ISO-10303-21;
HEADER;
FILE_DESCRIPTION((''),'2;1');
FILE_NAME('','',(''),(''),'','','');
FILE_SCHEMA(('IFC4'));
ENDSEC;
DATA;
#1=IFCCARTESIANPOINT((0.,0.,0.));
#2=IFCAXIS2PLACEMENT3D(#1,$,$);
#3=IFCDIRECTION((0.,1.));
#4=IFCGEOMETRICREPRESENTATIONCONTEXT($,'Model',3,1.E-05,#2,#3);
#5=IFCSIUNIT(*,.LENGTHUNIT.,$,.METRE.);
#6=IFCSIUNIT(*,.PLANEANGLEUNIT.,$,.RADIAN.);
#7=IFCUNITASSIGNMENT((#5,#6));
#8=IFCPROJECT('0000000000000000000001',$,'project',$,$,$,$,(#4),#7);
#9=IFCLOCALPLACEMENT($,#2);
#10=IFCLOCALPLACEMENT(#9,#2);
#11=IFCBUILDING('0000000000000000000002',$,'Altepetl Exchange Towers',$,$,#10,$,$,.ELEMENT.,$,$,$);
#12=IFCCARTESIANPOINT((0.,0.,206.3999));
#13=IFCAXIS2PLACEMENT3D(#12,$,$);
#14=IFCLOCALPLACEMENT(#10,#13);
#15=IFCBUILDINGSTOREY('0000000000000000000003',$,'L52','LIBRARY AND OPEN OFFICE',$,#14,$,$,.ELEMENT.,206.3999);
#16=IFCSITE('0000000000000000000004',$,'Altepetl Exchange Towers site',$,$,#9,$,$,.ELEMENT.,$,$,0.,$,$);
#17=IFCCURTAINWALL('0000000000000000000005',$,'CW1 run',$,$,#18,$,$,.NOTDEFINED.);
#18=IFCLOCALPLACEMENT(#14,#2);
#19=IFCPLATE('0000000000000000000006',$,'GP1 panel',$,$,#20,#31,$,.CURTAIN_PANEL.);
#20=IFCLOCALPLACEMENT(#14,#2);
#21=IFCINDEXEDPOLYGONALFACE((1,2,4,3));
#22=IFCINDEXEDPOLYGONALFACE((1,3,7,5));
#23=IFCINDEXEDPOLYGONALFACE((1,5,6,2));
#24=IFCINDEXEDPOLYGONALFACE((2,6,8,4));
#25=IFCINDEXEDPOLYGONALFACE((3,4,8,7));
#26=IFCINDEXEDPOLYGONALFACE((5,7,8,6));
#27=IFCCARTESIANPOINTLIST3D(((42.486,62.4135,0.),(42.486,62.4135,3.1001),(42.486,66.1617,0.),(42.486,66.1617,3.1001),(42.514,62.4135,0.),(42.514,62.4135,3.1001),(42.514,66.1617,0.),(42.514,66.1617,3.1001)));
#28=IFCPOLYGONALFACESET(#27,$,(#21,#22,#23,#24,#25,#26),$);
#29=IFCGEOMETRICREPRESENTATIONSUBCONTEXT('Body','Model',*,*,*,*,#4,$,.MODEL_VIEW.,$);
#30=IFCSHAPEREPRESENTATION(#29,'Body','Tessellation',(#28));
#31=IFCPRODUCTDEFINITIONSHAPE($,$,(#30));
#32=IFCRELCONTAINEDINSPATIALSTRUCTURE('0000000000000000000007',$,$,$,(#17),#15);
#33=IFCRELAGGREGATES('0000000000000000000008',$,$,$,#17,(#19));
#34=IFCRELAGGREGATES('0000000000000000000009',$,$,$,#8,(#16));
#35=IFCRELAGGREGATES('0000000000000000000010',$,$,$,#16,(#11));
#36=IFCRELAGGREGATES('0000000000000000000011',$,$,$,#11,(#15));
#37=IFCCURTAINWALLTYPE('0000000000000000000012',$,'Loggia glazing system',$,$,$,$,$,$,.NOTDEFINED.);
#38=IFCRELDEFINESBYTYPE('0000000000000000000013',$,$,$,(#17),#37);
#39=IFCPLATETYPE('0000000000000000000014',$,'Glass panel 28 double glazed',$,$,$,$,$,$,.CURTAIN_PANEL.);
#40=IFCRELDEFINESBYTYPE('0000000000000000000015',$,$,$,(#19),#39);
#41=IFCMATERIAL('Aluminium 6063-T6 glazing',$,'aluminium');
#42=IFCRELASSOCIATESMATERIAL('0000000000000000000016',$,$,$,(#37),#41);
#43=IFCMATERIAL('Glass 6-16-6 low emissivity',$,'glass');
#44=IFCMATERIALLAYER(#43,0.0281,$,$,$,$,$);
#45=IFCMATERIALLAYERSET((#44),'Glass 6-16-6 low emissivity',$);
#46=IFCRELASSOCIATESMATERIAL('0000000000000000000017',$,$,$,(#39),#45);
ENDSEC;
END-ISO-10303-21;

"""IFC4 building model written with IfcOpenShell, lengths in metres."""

from ifc_helpers import new_model, si_unit, direction, frame, origin, origin_2d, place, context, subcontext, project, spatial, rectangle, extrude, material, layer, layer_set, type_object, element, aggregate, save


model = new_model("IFC4")

# Units and contexts
model_context = context("Model", 3, precision=1e-05, world=origin(), true_north=direction((0.0, 1.0)))
body_context = subcontext(model_context, "Body", "Model", "MODEL_VIEW")
ifc_project = project(units=[si_unit("LENGTHUNIT", "METRE"), si_unit("PLANEANGLEUNIT", "RADIAN")], contexts=[model_context])

# Site, building, storey
site_placement = place(None, origin())
site = spatial("IfcSite", under=ifc_project, at=site_placement, Name="Altepetl Exchange Towers site", CompositionType="ELEMENT", RefElevation=0.0)
building_placement = place(site_placement, origin())
building = spatial("IfcBuilding", under=site, at=building_placement, Name="Altepetl Exchange Towers", CompositionType="ELEMENT")
storey_placement = place(building_placement, frame((0.0, 0.0, 206.3999)))
storey = spatial("IfcBuildingStorey", under=building, at=storey_placement, Name="L52", Description="LIBRARY AND OPEN OFFICE", CompositionType="ELEMENT", Elevation=206.3999)

# Curtain wall
ifc_material_1 = material(Name="Aluminium 6063-T6 glazing", Category="aluminium")
curtain_wall_type = type_object("IfcCurtainWallType", Name="Loggia glazing system", PredefinedType="NOTDEFINED", material=ifc_material_1)
curtain_wall_1_placement = place(storey_placement, origin())
curtain_wall_1 = element("IfcCurtainWall", 1, at=curtain_wall_1_placement, inside=storey, type_object=curtain_wall_type, Name="CW1 run", PredefinedType="NOTDEFINED")

# Plate
ifc_material_2 = material(Name="Glass 6-16-6 low emissivity", Category="glass")
ifc_layer = layer(ifc_material_2, 0.0281)
ifc_layer_set = layer_set([ifc_layer], Name="Glass 6-16-6 low emissivity")
plate_type = type_object("IfcPlateType", Name="Glass panel 28 double glazed", PredefinedType="CURTAIN_PANEL", material=ifc_layer_set)
plate_1_placement = place(storey_placement, frame((42.5, 64.2876, 0.0), z_axis=(0.0, 0.0, 1.0), x_axis=(0.0, -1.0, 0.0)))
plate_1 = element("IfcPlate", 2, at=plate_1_placement, type_object=plate_type, Name="GP1 panel", PredefinedType="CURTAIN_PANEL", context=body_context, shape_type="SweptSolid", body=[
    extrude(rectangle(XDim=3.7483, YDim=0.0281, at=origin_2d()), origin(), (0.0, 0.0, 1.0), 3.1001),
])
aggregate(curtain_wall_1, [plate_1])

save(model, "model.ifc")
